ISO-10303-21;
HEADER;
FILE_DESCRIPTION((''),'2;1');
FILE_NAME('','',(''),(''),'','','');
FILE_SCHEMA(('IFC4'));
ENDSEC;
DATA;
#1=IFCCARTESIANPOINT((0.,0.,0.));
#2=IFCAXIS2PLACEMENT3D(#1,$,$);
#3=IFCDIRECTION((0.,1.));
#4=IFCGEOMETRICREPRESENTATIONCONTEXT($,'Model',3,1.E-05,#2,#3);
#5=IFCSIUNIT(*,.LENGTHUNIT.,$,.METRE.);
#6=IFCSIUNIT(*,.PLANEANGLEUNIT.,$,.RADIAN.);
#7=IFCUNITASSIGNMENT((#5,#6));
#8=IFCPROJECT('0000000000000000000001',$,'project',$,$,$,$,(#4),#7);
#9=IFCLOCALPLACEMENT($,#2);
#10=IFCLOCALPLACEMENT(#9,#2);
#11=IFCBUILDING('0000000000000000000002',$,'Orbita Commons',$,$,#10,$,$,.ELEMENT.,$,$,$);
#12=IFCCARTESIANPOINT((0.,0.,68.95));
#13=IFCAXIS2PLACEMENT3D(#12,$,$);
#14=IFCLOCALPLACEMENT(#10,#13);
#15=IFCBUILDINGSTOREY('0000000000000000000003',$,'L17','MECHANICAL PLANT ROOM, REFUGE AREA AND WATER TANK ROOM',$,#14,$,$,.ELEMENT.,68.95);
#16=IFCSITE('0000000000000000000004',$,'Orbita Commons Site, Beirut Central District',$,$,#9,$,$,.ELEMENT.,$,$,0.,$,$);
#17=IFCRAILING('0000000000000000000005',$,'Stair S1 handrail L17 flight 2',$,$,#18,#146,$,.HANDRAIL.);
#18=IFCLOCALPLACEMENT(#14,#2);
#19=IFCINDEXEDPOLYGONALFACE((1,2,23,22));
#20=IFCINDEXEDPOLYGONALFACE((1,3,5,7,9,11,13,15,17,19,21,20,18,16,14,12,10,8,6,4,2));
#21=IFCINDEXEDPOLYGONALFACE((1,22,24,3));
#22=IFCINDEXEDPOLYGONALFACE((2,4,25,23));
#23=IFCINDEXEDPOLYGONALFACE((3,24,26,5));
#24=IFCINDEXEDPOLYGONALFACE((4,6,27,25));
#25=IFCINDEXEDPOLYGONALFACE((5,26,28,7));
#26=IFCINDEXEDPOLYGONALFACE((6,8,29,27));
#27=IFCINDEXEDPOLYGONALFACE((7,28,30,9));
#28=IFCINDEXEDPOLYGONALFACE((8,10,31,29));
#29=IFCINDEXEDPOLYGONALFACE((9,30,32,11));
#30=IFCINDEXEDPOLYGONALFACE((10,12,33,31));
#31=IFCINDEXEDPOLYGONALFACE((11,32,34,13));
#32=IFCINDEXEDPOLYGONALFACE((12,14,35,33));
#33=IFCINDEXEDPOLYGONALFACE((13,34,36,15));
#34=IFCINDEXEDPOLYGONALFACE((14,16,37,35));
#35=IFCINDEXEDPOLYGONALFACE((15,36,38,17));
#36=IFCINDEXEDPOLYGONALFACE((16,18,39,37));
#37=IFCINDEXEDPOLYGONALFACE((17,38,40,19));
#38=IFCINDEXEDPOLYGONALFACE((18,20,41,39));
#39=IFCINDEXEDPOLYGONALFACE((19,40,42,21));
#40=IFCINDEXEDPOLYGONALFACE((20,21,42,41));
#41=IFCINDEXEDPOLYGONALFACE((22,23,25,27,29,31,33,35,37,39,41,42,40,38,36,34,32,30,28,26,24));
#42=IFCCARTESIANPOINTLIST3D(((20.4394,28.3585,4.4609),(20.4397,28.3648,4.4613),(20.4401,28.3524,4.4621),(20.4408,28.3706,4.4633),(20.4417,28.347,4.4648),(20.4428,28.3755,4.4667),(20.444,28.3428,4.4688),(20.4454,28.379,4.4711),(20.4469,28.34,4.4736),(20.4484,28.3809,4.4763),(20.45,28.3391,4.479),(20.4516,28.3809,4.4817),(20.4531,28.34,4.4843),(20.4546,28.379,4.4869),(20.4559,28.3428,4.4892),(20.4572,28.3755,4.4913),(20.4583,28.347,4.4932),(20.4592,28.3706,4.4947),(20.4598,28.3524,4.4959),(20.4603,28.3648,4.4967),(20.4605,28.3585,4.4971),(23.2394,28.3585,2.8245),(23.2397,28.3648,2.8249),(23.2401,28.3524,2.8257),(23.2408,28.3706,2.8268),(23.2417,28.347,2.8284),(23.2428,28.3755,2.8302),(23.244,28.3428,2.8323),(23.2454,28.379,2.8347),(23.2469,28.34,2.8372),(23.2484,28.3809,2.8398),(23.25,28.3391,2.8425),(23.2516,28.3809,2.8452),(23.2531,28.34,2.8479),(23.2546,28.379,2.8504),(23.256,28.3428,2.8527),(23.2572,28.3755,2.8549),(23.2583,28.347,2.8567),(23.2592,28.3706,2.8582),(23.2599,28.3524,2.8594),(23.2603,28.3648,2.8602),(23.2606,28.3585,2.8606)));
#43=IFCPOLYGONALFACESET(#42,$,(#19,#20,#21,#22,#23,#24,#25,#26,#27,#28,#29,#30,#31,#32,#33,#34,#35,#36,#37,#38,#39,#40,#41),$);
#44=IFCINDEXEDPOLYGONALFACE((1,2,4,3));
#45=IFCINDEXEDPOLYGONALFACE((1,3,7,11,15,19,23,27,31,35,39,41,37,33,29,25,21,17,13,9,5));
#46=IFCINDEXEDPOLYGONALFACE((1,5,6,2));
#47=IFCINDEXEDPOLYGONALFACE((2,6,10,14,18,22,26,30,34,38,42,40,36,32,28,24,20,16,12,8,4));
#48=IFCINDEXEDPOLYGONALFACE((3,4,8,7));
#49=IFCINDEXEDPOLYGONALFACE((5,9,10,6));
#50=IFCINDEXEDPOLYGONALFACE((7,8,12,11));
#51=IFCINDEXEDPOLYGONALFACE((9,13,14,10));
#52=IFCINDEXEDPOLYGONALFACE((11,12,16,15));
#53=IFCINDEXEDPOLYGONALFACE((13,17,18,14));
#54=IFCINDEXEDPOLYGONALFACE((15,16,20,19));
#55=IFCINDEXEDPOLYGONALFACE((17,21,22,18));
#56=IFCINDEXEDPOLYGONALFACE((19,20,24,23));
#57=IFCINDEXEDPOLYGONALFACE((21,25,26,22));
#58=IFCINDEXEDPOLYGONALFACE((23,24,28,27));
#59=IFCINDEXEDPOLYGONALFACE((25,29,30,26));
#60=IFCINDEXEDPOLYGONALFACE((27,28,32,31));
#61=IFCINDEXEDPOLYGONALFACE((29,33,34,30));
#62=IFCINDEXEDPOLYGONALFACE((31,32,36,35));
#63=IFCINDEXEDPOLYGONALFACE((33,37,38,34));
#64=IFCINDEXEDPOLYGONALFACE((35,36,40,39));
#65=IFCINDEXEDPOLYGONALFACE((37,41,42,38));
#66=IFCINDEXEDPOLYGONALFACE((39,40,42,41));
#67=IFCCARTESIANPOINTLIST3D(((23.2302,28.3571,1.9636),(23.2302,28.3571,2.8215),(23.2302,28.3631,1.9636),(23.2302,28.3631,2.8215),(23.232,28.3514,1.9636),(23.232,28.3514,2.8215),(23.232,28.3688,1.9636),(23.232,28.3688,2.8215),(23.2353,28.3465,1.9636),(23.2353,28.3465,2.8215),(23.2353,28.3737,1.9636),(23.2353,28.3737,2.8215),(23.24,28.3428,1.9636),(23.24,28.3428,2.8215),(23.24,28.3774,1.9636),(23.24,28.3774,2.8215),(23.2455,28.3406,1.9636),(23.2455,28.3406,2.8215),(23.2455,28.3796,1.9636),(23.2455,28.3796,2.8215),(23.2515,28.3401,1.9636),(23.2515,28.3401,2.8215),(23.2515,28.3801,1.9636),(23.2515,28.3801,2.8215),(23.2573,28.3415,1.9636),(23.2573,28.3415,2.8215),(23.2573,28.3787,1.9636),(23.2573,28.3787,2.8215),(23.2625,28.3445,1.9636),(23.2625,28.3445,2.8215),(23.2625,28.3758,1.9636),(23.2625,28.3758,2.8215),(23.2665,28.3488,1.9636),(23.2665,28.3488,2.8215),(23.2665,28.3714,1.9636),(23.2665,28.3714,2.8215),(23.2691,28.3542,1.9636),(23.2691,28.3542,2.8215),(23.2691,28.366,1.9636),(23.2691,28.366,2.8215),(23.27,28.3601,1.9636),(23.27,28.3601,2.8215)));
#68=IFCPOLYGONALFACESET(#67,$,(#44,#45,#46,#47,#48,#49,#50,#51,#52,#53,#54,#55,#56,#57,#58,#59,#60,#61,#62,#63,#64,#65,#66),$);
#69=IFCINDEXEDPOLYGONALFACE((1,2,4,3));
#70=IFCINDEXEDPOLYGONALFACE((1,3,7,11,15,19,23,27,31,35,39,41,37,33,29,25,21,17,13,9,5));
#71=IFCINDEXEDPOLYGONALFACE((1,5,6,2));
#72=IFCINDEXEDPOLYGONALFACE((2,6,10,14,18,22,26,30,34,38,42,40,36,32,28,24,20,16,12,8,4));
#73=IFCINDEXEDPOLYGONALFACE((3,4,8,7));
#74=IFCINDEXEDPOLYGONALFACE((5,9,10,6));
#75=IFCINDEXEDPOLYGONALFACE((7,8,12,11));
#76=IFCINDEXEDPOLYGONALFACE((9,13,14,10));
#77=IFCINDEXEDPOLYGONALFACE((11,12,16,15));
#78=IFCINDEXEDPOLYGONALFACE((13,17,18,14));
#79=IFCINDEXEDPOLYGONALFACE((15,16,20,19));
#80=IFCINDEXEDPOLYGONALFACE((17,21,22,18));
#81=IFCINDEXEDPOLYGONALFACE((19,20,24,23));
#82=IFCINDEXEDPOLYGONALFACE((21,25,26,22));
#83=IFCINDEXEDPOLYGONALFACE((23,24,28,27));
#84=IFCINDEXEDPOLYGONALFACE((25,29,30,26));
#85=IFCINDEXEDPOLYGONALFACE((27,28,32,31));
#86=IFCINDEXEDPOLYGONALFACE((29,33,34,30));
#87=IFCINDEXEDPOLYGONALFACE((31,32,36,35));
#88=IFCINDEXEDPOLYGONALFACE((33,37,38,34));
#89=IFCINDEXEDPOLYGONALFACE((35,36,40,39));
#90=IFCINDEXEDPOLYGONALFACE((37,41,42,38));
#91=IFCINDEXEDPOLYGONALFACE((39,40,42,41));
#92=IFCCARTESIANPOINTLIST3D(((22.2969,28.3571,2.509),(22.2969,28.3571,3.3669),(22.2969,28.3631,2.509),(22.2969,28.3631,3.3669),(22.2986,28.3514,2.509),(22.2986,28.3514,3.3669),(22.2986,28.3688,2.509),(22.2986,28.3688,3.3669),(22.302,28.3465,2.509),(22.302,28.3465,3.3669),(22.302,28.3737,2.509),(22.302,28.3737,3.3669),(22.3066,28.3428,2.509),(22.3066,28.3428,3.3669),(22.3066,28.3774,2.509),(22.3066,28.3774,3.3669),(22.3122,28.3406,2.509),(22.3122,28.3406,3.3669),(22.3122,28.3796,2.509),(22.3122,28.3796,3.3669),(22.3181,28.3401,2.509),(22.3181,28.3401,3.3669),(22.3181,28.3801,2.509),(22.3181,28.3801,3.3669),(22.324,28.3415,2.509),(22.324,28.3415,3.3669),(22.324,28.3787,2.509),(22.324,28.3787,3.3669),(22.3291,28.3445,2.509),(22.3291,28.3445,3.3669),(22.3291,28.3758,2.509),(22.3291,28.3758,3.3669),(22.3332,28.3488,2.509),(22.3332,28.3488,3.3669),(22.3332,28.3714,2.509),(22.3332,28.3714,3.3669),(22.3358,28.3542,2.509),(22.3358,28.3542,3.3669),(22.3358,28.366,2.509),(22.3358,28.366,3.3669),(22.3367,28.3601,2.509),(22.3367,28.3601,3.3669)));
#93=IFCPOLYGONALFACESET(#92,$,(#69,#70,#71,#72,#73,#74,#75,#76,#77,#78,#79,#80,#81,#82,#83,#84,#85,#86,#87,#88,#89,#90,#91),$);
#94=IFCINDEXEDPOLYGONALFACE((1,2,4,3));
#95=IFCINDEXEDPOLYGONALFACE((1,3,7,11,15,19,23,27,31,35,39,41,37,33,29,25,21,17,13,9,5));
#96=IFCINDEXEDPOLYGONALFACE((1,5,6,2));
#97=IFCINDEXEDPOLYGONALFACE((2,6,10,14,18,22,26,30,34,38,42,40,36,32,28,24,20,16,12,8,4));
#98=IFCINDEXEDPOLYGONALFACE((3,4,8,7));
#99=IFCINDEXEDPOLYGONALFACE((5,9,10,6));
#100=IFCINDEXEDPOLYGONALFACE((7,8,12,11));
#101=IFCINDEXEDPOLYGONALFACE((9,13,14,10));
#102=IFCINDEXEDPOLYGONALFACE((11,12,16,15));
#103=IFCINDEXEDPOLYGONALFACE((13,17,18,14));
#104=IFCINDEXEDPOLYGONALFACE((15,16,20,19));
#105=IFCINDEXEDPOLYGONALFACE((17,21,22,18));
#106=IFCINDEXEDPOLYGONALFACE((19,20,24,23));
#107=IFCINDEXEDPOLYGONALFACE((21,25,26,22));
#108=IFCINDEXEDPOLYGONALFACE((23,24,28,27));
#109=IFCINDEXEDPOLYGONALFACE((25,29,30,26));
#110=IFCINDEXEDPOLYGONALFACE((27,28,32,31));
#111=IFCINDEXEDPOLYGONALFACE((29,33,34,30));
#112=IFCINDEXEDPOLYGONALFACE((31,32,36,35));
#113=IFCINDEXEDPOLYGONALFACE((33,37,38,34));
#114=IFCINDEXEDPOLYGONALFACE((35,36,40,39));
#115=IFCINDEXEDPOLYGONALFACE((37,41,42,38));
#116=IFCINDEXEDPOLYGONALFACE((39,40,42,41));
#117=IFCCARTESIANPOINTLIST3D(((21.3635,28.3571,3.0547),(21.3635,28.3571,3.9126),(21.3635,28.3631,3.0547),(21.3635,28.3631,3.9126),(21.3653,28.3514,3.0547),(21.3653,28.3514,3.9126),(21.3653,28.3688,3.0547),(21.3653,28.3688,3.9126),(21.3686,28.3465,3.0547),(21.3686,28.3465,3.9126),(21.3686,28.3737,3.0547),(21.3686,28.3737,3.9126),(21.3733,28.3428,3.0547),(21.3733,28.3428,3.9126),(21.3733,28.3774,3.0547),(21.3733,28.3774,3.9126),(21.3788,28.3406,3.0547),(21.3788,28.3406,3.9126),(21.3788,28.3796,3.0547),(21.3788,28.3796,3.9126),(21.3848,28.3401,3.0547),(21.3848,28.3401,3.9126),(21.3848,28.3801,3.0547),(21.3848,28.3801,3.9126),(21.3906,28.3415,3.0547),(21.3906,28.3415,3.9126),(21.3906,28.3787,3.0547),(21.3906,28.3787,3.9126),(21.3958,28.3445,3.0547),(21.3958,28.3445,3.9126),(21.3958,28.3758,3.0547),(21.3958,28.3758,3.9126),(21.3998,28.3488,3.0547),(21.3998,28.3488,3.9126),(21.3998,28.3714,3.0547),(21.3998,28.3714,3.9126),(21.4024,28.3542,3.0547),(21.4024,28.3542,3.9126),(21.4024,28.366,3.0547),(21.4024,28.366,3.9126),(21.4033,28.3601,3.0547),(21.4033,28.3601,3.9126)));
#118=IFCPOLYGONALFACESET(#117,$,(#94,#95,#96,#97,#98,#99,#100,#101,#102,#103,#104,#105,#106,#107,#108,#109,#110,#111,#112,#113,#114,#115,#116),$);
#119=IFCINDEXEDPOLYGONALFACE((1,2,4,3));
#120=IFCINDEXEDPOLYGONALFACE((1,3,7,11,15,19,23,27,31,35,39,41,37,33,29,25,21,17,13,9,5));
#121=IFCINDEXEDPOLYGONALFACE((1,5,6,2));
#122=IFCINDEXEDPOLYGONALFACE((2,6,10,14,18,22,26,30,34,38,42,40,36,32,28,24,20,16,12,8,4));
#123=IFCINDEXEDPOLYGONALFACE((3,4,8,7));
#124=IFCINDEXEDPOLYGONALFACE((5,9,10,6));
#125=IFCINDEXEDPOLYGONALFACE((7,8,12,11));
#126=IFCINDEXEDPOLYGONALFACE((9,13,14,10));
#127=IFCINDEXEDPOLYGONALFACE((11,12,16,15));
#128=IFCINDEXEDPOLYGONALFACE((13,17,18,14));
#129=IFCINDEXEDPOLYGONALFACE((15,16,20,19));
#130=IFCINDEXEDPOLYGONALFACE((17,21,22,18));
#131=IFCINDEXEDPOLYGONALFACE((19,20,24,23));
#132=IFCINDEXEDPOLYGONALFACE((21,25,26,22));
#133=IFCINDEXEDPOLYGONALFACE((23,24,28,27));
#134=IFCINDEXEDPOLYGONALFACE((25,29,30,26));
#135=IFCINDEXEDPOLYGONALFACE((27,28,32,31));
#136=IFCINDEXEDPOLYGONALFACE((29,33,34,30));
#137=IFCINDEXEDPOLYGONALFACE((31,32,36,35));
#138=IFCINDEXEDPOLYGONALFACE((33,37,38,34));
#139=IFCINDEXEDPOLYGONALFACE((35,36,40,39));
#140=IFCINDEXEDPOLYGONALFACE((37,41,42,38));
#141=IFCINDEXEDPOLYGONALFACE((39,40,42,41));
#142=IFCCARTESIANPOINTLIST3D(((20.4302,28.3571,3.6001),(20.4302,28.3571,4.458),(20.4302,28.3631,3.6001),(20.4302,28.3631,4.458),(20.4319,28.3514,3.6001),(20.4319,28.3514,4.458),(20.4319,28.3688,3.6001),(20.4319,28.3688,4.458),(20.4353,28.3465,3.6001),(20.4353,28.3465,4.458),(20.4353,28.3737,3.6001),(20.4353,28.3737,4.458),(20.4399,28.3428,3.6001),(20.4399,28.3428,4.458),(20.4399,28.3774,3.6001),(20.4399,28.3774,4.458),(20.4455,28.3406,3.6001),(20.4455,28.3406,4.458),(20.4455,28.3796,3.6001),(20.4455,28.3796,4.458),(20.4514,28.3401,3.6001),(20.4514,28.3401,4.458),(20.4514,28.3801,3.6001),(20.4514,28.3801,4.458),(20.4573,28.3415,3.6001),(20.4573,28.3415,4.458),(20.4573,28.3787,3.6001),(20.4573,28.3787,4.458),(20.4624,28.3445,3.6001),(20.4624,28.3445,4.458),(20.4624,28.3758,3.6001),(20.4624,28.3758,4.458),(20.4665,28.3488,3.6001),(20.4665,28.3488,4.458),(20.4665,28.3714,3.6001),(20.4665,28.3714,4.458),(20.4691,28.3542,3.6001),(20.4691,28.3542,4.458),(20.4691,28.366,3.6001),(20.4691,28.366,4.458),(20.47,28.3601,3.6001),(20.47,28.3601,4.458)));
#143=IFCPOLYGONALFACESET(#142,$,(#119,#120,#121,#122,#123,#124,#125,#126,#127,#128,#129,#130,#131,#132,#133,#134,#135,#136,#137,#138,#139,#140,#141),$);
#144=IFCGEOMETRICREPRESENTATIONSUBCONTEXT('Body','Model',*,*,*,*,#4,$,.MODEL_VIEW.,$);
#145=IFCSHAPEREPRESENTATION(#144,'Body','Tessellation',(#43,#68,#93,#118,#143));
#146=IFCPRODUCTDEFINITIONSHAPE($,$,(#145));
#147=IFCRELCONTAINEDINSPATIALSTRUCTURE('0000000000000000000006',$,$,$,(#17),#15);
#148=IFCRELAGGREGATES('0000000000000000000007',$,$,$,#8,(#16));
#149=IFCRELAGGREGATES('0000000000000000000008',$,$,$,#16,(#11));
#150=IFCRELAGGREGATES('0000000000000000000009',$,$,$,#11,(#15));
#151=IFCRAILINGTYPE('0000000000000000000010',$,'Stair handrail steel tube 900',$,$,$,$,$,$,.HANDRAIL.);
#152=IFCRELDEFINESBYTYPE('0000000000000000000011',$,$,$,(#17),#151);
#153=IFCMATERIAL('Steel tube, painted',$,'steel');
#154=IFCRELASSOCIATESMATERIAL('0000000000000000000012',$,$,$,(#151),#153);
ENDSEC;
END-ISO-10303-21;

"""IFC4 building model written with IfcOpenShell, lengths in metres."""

from ifc_helpers import new_model, si_unit, direction, frame, origin, origin_2d, place, context, subcontext, project, spatial, circle, extrude, material, type_object, element, save


model = new_model("IFC4")

# Units and contexts
model_context = context("Model", 3, precision=1e-05, world=origin(), true_north=direction((0.0, 1.0)))
body_context = subcontext(model_context, "Body", "Model", "MODEL_VIEW")
ifc_project = project(units=[si_unit("LENGTHUNIT", "METRE"), si_unit("PLANEANGLEUNIT", "RADIAN")], contexts=[model_context])

# Site, building, storey
site_placement = place(None, origin())
site = spatial("IfcSite", under=ifc_project, at=site_placement, Name="Orbita Commons Site, Beirut Central District", CompositionType="ELEMENT", RefElevation=0.0)
building_placement = place(site_placement, origin())
building = spatial("IfcBuilding", under=site, at=building_placement, Name="Orbita Commons", CompositionType="ELEMENT")
storey_placement = place(building_placement, frame((0.0, 0.0, 68.95)))
storey = spatial("IfcBuildingStorey", under=building, at=storey_placement, Name="L17", Description="MECHANICAL PLANT ROOM, REFUGE AREA AND WATER TANK ROOM", CompositionType="ELEMENT", Elevation=68.95)

# Railing
ifc_material_1 = material(Name="Steel tube, painted", Category="steel")
railing_type = type_object("IfcRailingType", Name="Stair handrail steel tube 900", PredefinedType="HANDRAIL", material=ifc_material_1)
for number, where, name in (
    (1, (23.25, 28.3601, 1.9636), "Stair S1 handrail L17 flight 2"),
):
    element("IfcRailing", number, at=place(storey_placement, frame(where)), inside=storey, type_object=railing_type, Name=name, PredefinedType="HANDRAIL", context=body_context, shape_type="SweptSolid", body=[
        extrude(circle(Radius=0.021, at=origin_2d()), frame((0.0, 0.0, 0.8789), z_axis=(-0.863361, 0.0, 0.504587), x_axis=(0.0, -1.0, 0.0)), (0.0, 0.0, 1.0), 3.2432),
        extrude(circle(Radius=0.02, at=origin_2d()), origin(), (0.0, 0.0, 1.0), 0.8579),
        extrude(circle(Radius=0.02, at=origin_2d()), frame((-0.9333, 0.0, 0.5454)), (0.0, 0.0, 1.0), 0.8579),
        extrude(circle(Radius=0.02, at=origin_2d()), frame((-1.8667, 0.0, 1.0911)), (0.0, 0.0, 1.0), 0.8579),
        extrude(circle(Radius=0.02, at=origin_2d()), frame((-2.8, 0.0, 1.6365)), (0.0, 0.0, 1.0), 0.8579),
    ])

save(model, "model.ifc")
